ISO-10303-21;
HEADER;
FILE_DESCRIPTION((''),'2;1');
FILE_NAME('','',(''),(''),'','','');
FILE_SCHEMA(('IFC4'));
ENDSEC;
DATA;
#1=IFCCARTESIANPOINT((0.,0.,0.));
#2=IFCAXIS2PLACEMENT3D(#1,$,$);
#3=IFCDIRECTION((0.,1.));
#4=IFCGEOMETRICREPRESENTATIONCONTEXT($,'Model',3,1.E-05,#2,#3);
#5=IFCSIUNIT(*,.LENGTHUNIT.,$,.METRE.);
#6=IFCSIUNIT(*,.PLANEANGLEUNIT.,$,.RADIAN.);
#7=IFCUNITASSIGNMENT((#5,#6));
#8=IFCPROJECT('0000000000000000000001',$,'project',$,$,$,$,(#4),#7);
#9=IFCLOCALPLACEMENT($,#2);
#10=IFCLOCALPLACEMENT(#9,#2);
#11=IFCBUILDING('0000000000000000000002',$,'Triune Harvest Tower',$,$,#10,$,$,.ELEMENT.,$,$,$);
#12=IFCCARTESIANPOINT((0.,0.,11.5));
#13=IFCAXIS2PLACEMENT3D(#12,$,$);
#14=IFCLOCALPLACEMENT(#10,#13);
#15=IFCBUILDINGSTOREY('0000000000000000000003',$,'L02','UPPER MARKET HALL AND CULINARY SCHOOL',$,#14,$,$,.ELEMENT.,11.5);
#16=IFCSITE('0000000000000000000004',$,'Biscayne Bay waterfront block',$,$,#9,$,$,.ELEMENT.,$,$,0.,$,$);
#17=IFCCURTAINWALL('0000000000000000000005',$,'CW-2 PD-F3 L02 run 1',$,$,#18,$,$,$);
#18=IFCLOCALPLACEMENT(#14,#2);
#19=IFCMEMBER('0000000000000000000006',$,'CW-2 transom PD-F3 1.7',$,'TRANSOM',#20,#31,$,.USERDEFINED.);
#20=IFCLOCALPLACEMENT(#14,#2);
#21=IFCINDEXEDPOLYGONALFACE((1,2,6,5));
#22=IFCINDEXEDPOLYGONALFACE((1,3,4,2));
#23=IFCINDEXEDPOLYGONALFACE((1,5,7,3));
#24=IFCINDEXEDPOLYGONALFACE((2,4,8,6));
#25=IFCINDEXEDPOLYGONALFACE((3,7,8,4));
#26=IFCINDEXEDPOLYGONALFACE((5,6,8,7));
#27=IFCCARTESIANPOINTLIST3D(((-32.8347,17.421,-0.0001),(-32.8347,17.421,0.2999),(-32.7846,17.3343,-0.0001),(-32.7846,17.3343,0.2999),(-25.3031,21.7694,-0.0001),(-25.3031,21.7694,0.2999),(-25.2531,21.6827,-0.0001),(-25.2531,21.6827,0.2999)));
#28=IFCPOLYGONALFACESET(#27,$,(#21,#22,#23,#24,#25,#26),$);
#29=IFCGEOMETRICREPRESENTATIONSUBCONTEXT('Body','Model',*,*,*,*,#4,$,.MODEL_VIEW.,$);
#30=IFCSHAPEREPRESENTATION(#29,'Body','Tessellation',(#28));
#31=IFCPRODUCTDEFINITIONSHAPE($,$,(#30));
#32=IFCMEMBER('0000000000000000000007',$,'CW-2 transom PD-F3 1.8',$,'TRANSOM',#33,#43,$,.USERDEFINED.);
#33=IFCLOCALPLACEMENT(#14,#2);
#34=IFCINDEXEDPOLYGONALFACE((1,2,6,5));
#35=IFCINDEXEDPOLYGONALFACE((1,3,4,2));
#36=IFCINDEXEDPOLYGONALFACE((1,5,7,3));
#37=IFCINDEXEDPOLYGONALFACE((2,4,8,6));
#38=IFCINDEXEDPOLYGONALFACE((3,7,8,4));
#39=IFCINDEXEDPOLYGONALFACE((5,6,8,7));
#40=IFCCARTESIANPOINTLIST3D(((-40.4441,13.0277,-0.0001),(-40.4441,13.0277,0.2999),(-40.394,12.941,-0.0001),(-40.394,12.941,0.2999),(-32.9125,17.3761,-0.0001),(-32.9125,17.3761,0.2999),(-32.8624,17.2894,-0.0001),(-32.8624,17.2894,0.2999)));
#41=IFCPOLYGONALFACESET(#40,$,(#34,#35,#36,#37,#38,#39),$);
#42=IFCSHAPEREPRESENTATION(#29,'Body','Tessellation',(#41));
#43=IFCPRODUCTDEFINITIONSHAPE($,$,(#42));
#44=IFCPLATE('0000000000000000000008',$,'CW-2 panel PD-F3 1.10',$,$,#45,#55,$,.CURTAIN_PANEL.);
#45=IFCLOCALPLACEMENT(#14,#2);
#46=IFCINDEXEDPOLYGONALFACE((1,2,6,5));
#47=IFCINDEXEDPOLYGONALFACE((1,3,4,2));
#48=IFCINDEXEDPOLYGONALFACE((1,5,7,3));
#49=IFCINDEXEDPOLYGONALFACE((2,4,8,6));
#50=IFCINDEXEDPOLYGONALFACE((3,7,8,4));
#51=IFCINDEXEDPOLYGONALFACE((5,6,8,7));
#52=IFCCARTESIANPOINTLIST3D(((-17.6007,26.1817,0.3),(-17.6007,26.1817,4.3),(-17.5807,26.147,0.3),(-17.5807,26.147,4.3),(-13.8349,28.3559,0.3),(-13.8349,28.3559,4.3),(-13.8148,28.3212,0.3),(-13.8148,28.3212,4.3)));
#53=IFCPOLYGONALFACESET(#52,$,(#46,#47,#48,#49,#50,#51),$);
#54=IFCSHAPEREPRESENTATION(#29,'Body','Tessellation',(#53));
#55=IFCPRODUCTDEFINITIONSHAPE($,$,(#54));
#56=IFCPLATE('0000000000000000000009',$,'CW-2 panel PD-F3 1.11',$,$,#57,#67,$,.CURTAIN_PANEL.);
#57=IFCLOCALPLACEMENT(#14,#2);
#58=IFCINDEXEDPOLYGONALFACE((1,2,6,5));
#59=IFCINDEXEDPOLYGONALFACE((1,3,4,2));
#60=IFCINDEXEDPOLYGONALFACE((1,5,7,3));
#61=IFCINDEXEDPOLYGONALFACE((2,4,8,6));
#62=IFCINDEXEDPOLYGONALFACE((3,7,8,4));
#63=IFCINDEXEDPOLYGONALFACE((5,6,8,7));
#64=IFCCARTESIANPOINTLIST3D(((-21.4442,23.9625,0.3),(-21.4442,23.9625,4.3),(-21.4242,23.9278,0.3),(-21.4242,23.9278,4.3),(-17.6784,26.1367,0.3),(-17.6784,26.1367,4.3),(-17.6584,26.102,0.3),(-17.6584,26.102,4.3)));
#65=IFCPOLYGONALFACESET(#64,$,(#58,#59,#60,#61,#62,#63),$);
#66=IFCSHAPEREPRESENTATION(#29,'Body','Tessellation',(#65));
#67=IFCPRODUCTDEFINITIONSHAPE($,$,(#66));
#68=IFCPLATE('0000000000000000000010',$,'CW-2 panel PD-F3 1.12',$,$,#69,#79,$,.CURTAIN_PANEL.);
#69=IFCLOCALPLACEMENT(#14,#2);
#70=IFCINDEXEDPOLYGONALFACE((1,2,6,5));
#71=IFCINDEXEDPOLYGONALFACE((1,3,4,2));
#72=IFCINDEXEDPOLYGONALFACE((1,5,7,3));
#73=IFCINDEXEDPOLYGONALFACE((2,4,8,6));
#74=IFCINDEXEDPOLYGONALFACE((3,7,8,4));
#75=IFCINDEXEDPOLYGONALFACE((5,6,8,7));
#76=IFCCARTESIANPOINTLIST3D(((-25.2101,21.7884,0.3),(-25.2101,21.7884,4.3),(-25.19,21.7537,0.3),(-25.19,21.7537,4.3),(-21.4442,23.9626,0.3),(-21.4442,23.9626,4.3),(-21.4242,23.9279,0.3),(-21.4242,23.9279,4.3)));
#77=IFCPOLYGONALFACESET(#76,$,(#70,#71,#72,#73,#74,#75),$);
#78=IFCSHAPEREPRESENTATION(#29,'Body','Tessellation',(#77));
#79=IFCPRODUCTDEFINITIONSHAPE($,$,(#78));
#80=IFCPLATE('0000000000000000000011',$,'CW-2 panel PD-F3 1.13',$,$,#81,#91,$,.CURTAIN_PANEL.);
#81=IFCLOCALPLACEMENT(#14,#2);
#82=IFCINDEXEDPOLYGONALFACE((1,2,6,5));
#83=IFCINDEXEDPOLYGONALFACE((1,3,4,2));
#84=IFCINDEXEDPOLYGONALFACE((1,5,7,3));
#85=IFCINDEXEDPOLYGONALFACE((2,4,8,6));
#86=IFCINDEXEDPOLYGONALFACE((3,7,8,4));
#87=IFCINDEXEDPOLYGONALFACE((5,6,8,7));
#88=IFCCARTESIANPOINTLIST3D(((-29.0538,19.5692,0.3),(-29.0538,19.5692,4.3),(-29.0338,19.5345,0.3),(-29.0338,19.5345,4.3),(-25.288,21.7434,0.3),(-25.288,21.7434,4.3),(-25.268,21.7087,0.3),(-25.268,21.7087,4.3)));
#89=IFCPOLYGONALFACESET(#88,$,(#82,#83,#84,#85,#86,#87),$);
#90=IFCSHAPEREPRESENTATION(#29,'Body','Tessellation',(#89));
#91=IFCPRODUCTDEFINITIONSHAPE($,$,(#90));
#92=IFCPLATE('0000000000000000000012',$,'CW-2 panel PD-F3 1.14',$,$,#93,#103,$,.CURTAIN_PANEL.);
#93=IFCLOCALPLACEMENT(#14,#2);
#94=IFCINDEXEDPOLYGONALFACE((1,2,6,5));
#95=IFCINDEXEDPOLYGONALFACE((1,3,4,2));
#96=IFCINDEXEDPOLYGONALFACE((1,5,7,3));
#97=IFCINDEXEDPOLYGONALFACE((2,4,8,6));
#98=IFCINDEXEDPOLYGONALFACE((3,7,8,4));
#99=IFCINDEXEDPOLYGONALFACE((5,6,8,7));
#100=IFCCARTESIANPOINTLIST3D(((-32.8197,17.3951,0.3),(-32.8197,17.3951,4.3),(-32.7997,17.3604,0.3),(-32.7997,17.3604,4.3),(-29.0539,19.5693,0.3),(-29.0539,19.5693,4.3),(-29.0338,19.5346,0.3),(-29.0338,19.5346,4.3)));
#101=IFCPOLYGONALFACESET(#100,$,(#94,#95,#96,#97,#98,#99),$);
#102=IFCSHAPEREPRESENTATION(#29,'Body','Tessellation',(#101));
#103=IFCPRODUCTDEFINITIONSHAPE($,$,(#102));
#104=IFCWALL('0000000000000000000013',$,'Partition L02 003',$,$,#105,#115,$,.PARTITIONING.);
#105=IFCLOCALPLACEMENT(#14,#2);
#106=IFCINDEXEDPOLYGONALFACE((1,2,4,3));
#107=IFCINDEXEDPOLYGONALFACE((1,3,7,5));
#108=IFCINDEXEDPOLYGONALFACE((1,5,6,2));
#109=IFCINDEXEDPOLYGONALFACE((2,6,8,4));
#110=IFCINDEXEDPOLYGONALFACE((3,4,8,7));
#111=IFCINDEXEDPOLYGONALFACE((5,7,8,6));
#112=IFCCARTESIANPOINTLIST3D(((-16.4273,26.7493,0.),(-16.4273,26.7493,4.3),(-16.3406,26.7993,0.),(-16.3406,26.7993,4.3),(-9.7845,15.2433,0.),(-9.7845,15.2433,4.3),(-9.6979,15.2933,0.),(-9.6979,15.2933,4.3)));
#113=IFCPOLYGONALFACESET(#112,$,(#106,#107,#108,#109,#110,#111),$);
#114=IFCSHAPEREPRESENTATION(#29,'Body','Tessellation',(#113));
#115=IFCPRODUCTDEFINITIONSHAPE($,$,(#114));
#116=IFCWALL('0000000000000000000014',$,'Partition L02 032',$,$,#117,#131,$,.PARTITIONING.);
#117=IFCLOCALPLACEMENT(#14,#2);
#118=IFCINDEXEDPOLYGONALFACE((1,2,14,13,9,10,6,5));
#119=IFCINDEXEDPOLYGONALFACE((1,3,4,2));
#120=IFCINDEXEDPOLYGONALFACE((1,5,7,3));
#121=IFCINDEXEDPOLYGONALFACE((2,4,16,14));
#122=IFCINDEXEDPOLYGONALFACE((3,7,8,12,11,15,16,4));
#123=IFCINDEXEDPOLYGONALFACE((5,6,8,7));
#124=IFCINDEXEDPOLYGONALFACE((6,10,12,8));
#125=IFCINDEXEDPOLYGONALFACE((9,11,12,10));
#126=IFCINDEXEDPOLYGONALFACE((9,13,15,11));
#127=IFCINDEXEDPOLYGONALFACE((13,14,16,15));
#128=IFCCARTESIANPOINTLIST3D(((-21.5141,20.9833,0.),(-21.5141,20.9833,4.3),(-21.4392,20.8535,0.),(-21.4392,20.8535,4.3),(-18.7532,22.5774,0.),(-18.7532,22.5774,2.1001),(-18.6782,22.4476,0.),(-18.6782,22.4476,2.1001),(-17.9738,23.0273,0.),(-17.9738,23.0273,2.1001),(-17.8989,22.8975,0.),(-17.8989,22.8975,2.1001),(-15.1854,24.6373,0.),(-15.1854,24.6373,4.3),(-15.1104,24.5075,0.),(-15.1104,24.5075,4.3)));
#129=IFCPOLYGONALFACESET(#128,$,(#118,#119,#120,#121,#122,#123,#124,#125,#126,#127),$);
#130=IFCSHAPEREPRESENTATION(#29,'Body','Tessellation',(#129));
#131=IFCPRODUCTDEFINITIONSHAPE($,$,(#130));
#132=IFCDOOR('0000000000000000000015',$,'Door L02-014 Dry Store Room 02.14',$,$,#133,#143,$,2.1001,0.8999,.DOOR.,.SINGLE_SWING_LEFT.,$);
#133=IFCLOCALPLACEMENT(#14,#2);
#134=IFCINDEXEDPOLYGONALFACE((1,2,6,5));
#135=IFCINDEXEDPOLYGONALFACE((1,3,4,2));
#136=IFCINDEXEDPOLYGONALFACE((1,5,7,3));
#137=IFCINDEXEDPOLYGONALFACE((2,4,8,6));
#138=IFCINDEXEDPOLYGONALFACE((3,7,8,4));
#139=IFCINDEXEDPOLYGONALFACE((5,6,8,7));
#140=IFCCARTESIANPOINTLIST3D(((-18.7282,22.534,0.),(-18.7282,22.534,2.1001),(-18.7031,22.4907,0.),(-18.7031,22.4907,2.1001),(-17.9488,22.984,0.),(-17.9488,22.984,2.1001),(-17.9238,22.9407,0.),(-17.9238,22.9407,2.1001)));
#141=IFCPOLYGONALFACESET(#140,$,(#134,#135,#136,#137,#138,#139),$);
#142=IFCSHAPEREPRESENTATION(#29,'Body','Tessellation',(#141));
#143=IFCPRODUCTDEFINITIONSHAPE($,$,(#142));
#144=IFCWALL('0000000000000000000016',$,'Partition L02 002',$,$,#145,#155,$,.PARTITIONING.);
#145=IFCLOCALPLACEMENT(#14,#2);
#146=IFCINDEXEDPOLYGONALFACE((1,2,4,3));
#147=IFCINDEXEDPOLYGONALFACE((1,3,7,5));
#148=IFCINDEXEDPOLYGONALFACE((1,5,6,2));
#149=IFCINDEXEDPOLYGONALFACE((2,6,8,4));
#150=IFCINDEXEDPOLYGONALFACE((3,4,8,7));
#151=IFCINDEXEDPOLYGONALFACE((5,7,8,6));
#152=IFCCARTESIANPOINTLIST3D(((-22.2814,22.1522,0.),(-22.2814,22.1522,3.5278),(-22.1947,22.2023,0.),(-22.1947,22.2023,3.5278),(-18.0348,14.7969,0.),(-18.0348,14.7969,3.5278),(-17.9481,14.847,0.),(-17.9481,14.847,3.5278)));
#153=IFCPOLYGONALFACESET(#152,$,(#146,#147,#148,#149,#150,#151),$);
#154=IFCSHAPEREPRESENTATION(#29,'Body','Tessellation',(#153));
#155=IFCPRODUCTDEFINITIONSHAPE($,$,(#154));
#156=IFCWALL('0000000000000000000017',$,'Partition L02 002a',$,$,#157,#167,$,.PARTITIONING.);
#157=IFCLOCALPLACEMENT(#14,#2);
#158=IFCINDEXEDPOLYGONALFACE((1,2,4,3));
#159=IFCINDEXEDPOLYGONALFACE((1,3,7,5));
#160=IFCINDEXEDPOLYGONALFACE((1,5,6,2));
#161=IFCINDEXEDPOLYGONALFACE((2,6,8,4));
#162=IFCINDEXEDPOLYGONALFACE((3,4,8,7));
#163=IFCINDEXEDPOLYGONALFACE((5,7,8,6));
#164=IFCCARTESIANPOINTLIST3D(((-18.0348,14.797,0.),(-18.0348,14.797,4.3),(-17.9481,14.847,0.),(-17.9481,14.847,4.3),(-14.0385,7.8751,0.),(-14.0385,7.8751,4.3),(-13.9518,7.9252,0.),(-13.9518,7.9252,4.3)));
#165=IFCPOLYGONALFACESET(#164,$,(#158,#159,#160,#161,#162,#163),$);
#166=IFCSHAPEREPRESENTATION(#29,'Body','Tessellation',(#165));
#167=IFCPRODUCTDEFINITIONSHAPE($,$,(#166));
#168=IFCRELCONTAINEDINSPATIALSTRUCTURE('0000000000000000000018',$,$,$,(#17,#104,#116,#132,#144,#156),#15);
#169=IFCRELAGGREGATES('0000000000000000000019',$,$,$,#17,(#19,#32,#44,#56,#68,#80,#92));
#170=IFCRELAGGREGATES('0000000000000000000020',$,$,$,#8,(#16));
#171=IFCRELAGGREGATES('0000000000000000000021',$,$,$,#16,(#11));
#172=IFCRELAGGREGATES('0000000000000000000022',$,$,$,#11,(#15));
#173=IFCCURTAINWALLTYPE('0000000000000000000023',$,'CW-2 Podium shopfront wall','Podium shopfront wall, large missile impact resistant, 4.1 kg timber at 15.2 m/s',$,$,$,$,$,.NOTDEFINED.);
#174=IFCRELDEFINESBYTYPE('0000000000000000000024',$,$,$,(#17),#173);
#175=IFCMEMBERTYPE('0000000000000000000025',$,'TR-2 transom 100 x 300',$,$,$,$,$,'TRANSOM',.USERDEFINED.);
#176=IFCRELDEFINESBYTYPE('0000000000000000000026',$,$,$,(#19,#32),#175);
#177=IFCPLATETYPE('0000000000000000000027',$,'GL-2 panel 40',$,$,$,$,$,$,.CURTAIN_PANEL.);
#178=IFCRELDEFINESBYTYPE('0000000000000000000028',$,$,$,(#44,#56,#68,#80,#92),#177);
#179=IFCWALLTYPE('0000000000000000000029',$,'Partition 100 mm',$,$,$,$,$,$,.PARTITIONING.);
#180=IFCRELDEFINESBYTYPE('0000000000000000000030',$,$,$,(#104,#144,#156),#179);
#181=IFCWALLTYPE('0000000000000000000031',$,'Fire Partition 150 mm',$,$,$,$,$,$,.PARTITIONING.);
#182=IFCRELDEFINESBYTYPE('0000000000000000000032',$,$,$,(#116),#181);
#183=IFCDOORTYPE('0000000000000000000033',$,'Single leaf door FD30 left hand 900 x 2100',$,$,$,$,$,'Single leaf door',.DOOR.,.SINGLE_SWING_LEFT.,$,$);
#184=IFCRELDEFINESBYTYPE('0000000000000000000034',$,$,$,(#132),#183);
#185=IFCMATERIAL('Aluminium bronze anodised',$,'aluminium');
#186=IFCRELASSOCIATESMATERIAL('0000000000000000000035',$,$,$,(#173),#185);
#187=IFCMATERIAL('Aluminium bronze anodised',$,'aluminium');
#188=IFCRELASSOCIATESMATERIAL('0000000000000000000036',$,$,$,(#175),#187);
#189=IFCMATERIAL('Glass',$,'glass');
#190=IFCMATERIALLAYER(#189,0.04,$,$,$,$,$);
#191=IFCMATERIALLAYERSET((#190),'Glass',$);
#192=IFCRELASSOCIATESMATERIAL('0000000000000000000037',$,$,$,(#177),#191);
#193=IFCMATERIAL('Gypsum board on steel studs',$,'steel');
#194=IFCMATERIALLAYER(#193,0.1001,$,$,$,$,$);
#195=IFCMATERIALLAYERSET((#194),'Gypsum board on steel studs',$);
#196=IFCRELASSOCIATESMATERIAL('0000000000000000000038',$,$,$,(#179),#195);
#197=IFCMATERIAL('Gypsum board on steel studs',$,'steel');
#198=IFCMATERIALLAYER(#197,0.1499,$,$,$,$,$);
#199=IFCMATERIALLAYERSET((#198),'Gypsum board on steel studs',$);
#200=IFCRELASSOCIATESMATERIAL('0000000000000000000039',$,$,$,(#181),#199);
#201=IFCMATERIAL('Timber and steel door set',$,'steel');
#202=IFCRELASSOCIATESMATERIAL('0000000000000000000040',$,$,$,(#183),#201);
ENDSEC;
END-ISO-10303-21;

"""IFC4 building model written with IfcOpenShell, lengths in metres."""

from ifc_helpers import new_model, si_unit, direction, frame, frame_2d, origin, origin_2d, place, context, subcontext, project, spatial, rectangle, extrude, source, transform, mapped, material, layer, layer_set, material_profile, profile_set, type_object, element, fill, aggregate, save


model = new_model("IFC4")

# Units and contexts
model_context = context("Model", 3, precision=1e-05, world=origin(), true_north=direction((0.0, 1.0)))
body_context = subcontext(model_context, "Body", "Model", "MODEL_VIEW")
ifc_project = project(units=[si_unit("LENGTHUNIT", "METRE"), si_unit("PLANEANGLEUNIT", "RADIAN")], contexts=[model_context])

# Site, building, storey
site_placement = place(None, origin())
site = spatial("IfcSite", under=ifc_project, at=site_placement, Name="Biscayne Bay waterfront block", CompositionType="ELEMENT", RefElevation=0.0)
building_placement = place(site_placement, origin())
building = spatial("IfcBuilding", under=site, at=building_placement, Name="Triune Harvest Tower", CompositionType="ELEMENT")
storey_placement = place(building_placement, frame((0.0, 0.0, 11.5)))
storey = spatial("IfcBuildingStorey", under=building, at=storey_placement, Name="L02", Description="UPPER MARKET HALL AND CULINARY SCHOOL", CompositionType="ELEMENT", Elevation=11.5)

# Curtain wall, members, plates
ifc_material_1 = material(Name="Aluminium bronze anodised", Category="aluminium")
curtain_wall_type = type_object("IfcCurtainWallType", Name="CW-2 Podium shopfront wall", Description="Podium shopfront wall, large missile impact resistant, 4.1 kg timber at 15.2 m/s", PredefinedType="NOTDEFINED", material=ifc_material_1)
curtain_wall_placement = place(storey_placement, origin())
curtain_wall = element("IfcCurtainWall", 1, at=curtain_wall_placement, inside=storey, type_object=curtain_wall_type, Name="CW-2 PD-F3 L02 run 1")
ifc_material_2 = material(Name="Aluminium bronze anodised", Category="aluminium")
ifc_material_profile_1 = material_profile(ifc_material_2, rectangle(XDim=0.1001, YDim=0.3, at=origin_2d()), Name="TR-2 transom 100 x 300")
ifc_profile_set_1 = profile_set([ifc_material_profile_1], Name="Aluminium bronze anodised")
member_type_1 = type_object("IfcMemberType", Name="TR-2 transom 100 x 300", ElementType="TRANSOM", PredefinedType="USERDEFINED", material=ifc_profile_set_1)
shared_shape_1 = source(origin(), body_context, "Body", "SweptSolid", [
    extrude(rectangle(XDim=0.1001, YDim=0.3, at=origin_2d()), origin(), (0.0, 0.0, 1.0), 8.6968),
])
member_1_placement = place(storey_placement, frame((-25.2781, 21.7261, 0.1499), z_axis=(-0.866021, -0.500007, 0.0), x_axis=(0.500007, -0.866021, 0.0)))
member_1 = element("IfcMember", 2, at=member_1_placement, type_object=member_type_1, Name="CW-2 transom PD-F3 1.7", ObjectType="TRANSOM", PredefinedType="USERDEFINED", context=body_context, shape_type="MappedRepresentation", body=[
    mapped(shared_shape_1, transform((0.0, 0.0, 0.0), scale=1.0)),
])
member_2_placement = place(storey_placement, frame((-32.8875, 17.3328, 0.1499), z_axis=(-0.866021, -0.500007, 0.0), x_axis=(0.500007, -0.866021, 0.0)))
member_2 = element("IfcMember", 3, at=member_2_placement, type_object=member_type_1, Name="CW-2 transom PD-F3 1.8", ObjectType="TRANSOM", PredefinedType="USERDEFINED", context=body_context, shape_type="MappedRepresentation", body=[
    mapped(shared_shape_1, transform((0.0, 0.0, 0.0), scale=1.0)),
])
ifc_material_3 = material(Name="Glass", Category="glass")
ifc_layer_1 = layer(ifc_material_3, 0.04)
ifc_layer_set_1 = layer_set([ifc_layer_1], Name="Glass")
plate_type = type_object("IfcPlateType", Name="GL-2 panel 40", PredefinedType="CURTAIN_PANEL", material=ifc_layer_set_1)
shared_shape_2 = source(origin(), body_context, "Body", "SweptSolid", [
    extrude(rectangle(XDim=4.3484, YDim=0.04, at=origin_2d()), origin(), (0.0, 0.0, 1.0), 4.0),
])
plate_1_placement = place(storey_placement, frame((-15.7078, 27.2515, 0.3), z_axis=(0.0, 0.0, 1.0), x_axis=(-0.866025, -0.5, 0.0)))
plate_1 = element("IfcPlate", 4, at=plate_1_placement, type_object=plate_type, Name="CW-2 panel PD-F3 1.10", PredefinedType="CURTAIN_PANEL", context=body_context, shape_type="MappedRepresentation", body=[
    mapped(shared_shape_2, transform((0.0, 0.0, 0.0), scale=1.0)),
])
plate_2_placement = place(storey_placement, frame((-19.5513, 25.0322, 0.3), z_axis=(0.0, 0.0, 1.0), x_axis=(-0.866025, -0.5, 0.0)))
plate_2 = element("IfcPlate", 5, at=plate_2_placement, type_object=plate_type, Name="CW-2 panel PD-F3 1.11", PredefinedType="CURTAIN_PANEL", context=body_context, shape_type="MappedRepresentation", body=[
    mapped(shared_shape_2, transform((0.0, 0.0, 0.0), scale=1.0)),
])
plate_3_placement = place(storey_placement, frame((-23.3171, 22.8582, 0.3), z_axis=(0.0, 0.0, 1.0), x_axis=(-0.866025, -0.5, 0.0)))
plate_3 = element("IfcPlate", 6, at=plate_3_placement, type_object=plate_type, Name="CW-2 panel PD-F3 1.12", PredefinedType="CURTAIN_PANEL", context=body_context, shape_type="MappedRepresentation", body=[
    mapped(shared_shape_2, transform((0.0, 0.0, 0.0), scale=1.0)),
])
plate_4_placement = place(storey_placement, frame((-27.1609, 20.6389, 0.3), z_axis=(0.0, 0.0, 1.0), x_axis=(-0.866025, -0.5, 0.0)))
plate_4 = element("IfcPlate", 7, at=plate_4_placement, type_object=plate_type, Name="CW-2 panel PD-F3 1.13", PredefinedType="CURTAIN_PANEL", context=body_context, shape_type="MappedRepresentation", body=[
    mapped(shared_shape_2, transform((0.0, 0.0, 0.0), scale=1.0)),
])
plate_5_placement = place(storey_placement, frame((-30.9268, 18.4648, 0.3), z_axis=(0.0, 0.0, 1.0), x_axis=(-0.866025, -0.5, 0.0)))
plate_5 = element("IfcPlate", 8, at=plate_5_placement, type_object=plate_type, Name="CW-2 panel PD-F3 1.14", PredefinedType="CURTAIN_PANEL", context=body_context, shape_type="MappedRepresentation", body=[
    mapped(shared_shape_2, transform((0.0, 0.0, 0.0), scale=1.0)),
])
aggregate(curtain_wall, [member_1, member_2, plate_1, plate_2, plate_3, plate_4, plate_5])

# Wall
ifc_material_4 = material(Name="Gypsum board on steel studs", Category="steel")
ifc_layer_2 = layer(ifc_material_4, 0.1001)
ifc_layer_set_2 = layer_set([ifc_layer_2], Name="Gypsum board on steel studs")
wall_type_1 = type_object("IfcWallType", Name="Partition 100 mm", PredefinedType="PARTITIONING", material=ifc_layer_set_2)
wall_1_placement = place(storey_placement, frame((-16.384, 26.7744, 0.0), z_axis=(0.0, 0.0, 1.0), x_axis=(0.499987, -0.866033, 0.0)))
element("IfcWall", 9, at=wall_1_placement, inside=storey, type_object=wall_type_1, Name="Partition L02 003", PredefinedType="PARTITIONING", context=body_context, shape_type="SweptSolid", body=[
    extrude(rectangle(XDim=13.2859, YDim=0.1001, at=frame_2d((6.6431, 0.0))), origin(), (0.0, 0.0, 1.0), 4.3),
])

# Wall, opening, door
ifc_material_5 = material(Name="Gypsum board on steel studs", Category="steel")
ifc_layer_3 = layer(ifc_material_5, 0.1499)
ifc_layer_set_3 = layer_set([ifc_layer_3], Name="Gypsum board on steel studs")
wall_type_2 = type_object("IfcWallType", Name="Fire Partition 150 mm", PredefinedType="PARTITIONING", material=ifc_layer_set_3)
shared_shape_3 = source(origin(), body_context, "Body", "SweptSolid", [
    extrude(rectangle(XDim=7.3079, YDim=0.1499, at=frame_2d((3.6538, 0.0))), origin(), (0.0, 0.0, 1.0), 4.3),
])
wall_2_placement = place(storey_placement, frame((-21.4766, 20.9185, 0.0), z_axis=(0.0, 0.0, 1.0), x_axis=(0.86602, 0.500009, 0.0)))
wall_2 = element("IfcWall", 10, at=wall_2_placement, inside=storey, type_object=wall_type_2, Name="Partition L02 032", PredefinedType="PARTITIONING", context=body_context, shape_type="MappedRepresentation", body=[
    mapped(shared_shape_3, transform((0.0, 0.0, 0.0), scale=1.0)),
])
opening_placement = place(wall_2_placement, frame((3.188, 0.0, 0.0)))
opening = element("IfcOpeningElement", 11, at=opening_placement, cuts=wall_2, PredefinedType="OPENING", context=body_context, shape_type="SweptSolid", body=[
    extrude(rectangle(XDim=0.8999, YDim=2.1001, at=frame_2d((0.45, 1.05))), frame((0.0, 0.085, 0.0), z_axis=(0.0, -1.0, 0.0), x_axis=(1.0, 0.0, 0.0)), (0.0, 0.0, 1.0), 0.1699),
])
ifc_material_6 = material(Name="Timber and steel door set", Category="steel")
door_type = type_object("IfcDoorType", Name="Single leaf door FD30 left hand 900 x 2100", ElementType="Single leaf door", OperationType="SINGLE_SWING_LEFT", PredefinedType="DOOR", material=ifc_material_6)
door_placement = place(opening_placement, origin())
door = element("IfcDoor", 12, at=door_placement, inside=storey, type_object=door_type, Name="Door L02-014 Dry Store Room 02.14", OperationType="SINGLE_SWING_LEFT", OverallHeight=2.1001, OverallWidth=0.8999, PredefinedType="DOOR", context=body_context, shape_type="SweptSolid", body=[
    extrude(rectangle(XDim=0.8999, YDim=2.1001, at=frame_2d((0.45, 1.05))), frame((0.0, 0.0249, 0.0), z_axis=(0.0, -1.0, 0.0), x_axis=(1.0, 0.0, 0.0)), (0.0, 0.0, 1.0), 0.05),
])
fill(opening, door)

# Walls
shared_shape_4 = source(origin(), body_context, "Body", "SweptSolid", [
    extrude(rectangle(XDim=8.4932, YDim=0.1001, at=frame_2d((4.2466, 0.0))), origin(), (0.0, 0.0, 1.0), 3.5278),
])
wall_3_placement = place(storey_placement, frame((-22.238, 22.1772, 0.0), z_axis=(0.0, 0.0, 1.0), x_axis=(0.500004, -0.866023, 0.0)))
element("IfcWall", 13, at=wall_3_placement, inside=storey, type_object=wall_type_1, Name="Partition L02 002", PredefinedType="PARTITIONING", context=body_context, shape_type="MappedRepresentation", body=[
    mapped(shared_shape_4, transform((0.0, 0.0, 0.0), scale=1.0)),
])
shared_shape_5 = source(origin(), body_context, "Body", "SweptSolid", [
    extrude(rectangle(XDim=7.9927, YDim=0.1001, at=frame_2d((3.9963, 0.0))), origin(), (0.0, 0.0, 1.0), 4.3),
])
wall_4_placement = place(storey_placement, frame((-17.9915, 14.822, 0.0), z_axis=(0.0, 0.0, 1.0), x_axis=(0.499999, -0.866026, 0.0)))
element("IfcWall", 14, at=wall_4_placement, inside=storey, type_object=wall_type_1, Name="Partition L02 002a", PredefinedType="PARTITIONING", context=body_context, shape_type="MappedRepresentation", body=[
    mapped(shared_shape_5, transform((0.0, 0.0, 0.0), scale=1.0)),
])

save(model, "model.ifc")
